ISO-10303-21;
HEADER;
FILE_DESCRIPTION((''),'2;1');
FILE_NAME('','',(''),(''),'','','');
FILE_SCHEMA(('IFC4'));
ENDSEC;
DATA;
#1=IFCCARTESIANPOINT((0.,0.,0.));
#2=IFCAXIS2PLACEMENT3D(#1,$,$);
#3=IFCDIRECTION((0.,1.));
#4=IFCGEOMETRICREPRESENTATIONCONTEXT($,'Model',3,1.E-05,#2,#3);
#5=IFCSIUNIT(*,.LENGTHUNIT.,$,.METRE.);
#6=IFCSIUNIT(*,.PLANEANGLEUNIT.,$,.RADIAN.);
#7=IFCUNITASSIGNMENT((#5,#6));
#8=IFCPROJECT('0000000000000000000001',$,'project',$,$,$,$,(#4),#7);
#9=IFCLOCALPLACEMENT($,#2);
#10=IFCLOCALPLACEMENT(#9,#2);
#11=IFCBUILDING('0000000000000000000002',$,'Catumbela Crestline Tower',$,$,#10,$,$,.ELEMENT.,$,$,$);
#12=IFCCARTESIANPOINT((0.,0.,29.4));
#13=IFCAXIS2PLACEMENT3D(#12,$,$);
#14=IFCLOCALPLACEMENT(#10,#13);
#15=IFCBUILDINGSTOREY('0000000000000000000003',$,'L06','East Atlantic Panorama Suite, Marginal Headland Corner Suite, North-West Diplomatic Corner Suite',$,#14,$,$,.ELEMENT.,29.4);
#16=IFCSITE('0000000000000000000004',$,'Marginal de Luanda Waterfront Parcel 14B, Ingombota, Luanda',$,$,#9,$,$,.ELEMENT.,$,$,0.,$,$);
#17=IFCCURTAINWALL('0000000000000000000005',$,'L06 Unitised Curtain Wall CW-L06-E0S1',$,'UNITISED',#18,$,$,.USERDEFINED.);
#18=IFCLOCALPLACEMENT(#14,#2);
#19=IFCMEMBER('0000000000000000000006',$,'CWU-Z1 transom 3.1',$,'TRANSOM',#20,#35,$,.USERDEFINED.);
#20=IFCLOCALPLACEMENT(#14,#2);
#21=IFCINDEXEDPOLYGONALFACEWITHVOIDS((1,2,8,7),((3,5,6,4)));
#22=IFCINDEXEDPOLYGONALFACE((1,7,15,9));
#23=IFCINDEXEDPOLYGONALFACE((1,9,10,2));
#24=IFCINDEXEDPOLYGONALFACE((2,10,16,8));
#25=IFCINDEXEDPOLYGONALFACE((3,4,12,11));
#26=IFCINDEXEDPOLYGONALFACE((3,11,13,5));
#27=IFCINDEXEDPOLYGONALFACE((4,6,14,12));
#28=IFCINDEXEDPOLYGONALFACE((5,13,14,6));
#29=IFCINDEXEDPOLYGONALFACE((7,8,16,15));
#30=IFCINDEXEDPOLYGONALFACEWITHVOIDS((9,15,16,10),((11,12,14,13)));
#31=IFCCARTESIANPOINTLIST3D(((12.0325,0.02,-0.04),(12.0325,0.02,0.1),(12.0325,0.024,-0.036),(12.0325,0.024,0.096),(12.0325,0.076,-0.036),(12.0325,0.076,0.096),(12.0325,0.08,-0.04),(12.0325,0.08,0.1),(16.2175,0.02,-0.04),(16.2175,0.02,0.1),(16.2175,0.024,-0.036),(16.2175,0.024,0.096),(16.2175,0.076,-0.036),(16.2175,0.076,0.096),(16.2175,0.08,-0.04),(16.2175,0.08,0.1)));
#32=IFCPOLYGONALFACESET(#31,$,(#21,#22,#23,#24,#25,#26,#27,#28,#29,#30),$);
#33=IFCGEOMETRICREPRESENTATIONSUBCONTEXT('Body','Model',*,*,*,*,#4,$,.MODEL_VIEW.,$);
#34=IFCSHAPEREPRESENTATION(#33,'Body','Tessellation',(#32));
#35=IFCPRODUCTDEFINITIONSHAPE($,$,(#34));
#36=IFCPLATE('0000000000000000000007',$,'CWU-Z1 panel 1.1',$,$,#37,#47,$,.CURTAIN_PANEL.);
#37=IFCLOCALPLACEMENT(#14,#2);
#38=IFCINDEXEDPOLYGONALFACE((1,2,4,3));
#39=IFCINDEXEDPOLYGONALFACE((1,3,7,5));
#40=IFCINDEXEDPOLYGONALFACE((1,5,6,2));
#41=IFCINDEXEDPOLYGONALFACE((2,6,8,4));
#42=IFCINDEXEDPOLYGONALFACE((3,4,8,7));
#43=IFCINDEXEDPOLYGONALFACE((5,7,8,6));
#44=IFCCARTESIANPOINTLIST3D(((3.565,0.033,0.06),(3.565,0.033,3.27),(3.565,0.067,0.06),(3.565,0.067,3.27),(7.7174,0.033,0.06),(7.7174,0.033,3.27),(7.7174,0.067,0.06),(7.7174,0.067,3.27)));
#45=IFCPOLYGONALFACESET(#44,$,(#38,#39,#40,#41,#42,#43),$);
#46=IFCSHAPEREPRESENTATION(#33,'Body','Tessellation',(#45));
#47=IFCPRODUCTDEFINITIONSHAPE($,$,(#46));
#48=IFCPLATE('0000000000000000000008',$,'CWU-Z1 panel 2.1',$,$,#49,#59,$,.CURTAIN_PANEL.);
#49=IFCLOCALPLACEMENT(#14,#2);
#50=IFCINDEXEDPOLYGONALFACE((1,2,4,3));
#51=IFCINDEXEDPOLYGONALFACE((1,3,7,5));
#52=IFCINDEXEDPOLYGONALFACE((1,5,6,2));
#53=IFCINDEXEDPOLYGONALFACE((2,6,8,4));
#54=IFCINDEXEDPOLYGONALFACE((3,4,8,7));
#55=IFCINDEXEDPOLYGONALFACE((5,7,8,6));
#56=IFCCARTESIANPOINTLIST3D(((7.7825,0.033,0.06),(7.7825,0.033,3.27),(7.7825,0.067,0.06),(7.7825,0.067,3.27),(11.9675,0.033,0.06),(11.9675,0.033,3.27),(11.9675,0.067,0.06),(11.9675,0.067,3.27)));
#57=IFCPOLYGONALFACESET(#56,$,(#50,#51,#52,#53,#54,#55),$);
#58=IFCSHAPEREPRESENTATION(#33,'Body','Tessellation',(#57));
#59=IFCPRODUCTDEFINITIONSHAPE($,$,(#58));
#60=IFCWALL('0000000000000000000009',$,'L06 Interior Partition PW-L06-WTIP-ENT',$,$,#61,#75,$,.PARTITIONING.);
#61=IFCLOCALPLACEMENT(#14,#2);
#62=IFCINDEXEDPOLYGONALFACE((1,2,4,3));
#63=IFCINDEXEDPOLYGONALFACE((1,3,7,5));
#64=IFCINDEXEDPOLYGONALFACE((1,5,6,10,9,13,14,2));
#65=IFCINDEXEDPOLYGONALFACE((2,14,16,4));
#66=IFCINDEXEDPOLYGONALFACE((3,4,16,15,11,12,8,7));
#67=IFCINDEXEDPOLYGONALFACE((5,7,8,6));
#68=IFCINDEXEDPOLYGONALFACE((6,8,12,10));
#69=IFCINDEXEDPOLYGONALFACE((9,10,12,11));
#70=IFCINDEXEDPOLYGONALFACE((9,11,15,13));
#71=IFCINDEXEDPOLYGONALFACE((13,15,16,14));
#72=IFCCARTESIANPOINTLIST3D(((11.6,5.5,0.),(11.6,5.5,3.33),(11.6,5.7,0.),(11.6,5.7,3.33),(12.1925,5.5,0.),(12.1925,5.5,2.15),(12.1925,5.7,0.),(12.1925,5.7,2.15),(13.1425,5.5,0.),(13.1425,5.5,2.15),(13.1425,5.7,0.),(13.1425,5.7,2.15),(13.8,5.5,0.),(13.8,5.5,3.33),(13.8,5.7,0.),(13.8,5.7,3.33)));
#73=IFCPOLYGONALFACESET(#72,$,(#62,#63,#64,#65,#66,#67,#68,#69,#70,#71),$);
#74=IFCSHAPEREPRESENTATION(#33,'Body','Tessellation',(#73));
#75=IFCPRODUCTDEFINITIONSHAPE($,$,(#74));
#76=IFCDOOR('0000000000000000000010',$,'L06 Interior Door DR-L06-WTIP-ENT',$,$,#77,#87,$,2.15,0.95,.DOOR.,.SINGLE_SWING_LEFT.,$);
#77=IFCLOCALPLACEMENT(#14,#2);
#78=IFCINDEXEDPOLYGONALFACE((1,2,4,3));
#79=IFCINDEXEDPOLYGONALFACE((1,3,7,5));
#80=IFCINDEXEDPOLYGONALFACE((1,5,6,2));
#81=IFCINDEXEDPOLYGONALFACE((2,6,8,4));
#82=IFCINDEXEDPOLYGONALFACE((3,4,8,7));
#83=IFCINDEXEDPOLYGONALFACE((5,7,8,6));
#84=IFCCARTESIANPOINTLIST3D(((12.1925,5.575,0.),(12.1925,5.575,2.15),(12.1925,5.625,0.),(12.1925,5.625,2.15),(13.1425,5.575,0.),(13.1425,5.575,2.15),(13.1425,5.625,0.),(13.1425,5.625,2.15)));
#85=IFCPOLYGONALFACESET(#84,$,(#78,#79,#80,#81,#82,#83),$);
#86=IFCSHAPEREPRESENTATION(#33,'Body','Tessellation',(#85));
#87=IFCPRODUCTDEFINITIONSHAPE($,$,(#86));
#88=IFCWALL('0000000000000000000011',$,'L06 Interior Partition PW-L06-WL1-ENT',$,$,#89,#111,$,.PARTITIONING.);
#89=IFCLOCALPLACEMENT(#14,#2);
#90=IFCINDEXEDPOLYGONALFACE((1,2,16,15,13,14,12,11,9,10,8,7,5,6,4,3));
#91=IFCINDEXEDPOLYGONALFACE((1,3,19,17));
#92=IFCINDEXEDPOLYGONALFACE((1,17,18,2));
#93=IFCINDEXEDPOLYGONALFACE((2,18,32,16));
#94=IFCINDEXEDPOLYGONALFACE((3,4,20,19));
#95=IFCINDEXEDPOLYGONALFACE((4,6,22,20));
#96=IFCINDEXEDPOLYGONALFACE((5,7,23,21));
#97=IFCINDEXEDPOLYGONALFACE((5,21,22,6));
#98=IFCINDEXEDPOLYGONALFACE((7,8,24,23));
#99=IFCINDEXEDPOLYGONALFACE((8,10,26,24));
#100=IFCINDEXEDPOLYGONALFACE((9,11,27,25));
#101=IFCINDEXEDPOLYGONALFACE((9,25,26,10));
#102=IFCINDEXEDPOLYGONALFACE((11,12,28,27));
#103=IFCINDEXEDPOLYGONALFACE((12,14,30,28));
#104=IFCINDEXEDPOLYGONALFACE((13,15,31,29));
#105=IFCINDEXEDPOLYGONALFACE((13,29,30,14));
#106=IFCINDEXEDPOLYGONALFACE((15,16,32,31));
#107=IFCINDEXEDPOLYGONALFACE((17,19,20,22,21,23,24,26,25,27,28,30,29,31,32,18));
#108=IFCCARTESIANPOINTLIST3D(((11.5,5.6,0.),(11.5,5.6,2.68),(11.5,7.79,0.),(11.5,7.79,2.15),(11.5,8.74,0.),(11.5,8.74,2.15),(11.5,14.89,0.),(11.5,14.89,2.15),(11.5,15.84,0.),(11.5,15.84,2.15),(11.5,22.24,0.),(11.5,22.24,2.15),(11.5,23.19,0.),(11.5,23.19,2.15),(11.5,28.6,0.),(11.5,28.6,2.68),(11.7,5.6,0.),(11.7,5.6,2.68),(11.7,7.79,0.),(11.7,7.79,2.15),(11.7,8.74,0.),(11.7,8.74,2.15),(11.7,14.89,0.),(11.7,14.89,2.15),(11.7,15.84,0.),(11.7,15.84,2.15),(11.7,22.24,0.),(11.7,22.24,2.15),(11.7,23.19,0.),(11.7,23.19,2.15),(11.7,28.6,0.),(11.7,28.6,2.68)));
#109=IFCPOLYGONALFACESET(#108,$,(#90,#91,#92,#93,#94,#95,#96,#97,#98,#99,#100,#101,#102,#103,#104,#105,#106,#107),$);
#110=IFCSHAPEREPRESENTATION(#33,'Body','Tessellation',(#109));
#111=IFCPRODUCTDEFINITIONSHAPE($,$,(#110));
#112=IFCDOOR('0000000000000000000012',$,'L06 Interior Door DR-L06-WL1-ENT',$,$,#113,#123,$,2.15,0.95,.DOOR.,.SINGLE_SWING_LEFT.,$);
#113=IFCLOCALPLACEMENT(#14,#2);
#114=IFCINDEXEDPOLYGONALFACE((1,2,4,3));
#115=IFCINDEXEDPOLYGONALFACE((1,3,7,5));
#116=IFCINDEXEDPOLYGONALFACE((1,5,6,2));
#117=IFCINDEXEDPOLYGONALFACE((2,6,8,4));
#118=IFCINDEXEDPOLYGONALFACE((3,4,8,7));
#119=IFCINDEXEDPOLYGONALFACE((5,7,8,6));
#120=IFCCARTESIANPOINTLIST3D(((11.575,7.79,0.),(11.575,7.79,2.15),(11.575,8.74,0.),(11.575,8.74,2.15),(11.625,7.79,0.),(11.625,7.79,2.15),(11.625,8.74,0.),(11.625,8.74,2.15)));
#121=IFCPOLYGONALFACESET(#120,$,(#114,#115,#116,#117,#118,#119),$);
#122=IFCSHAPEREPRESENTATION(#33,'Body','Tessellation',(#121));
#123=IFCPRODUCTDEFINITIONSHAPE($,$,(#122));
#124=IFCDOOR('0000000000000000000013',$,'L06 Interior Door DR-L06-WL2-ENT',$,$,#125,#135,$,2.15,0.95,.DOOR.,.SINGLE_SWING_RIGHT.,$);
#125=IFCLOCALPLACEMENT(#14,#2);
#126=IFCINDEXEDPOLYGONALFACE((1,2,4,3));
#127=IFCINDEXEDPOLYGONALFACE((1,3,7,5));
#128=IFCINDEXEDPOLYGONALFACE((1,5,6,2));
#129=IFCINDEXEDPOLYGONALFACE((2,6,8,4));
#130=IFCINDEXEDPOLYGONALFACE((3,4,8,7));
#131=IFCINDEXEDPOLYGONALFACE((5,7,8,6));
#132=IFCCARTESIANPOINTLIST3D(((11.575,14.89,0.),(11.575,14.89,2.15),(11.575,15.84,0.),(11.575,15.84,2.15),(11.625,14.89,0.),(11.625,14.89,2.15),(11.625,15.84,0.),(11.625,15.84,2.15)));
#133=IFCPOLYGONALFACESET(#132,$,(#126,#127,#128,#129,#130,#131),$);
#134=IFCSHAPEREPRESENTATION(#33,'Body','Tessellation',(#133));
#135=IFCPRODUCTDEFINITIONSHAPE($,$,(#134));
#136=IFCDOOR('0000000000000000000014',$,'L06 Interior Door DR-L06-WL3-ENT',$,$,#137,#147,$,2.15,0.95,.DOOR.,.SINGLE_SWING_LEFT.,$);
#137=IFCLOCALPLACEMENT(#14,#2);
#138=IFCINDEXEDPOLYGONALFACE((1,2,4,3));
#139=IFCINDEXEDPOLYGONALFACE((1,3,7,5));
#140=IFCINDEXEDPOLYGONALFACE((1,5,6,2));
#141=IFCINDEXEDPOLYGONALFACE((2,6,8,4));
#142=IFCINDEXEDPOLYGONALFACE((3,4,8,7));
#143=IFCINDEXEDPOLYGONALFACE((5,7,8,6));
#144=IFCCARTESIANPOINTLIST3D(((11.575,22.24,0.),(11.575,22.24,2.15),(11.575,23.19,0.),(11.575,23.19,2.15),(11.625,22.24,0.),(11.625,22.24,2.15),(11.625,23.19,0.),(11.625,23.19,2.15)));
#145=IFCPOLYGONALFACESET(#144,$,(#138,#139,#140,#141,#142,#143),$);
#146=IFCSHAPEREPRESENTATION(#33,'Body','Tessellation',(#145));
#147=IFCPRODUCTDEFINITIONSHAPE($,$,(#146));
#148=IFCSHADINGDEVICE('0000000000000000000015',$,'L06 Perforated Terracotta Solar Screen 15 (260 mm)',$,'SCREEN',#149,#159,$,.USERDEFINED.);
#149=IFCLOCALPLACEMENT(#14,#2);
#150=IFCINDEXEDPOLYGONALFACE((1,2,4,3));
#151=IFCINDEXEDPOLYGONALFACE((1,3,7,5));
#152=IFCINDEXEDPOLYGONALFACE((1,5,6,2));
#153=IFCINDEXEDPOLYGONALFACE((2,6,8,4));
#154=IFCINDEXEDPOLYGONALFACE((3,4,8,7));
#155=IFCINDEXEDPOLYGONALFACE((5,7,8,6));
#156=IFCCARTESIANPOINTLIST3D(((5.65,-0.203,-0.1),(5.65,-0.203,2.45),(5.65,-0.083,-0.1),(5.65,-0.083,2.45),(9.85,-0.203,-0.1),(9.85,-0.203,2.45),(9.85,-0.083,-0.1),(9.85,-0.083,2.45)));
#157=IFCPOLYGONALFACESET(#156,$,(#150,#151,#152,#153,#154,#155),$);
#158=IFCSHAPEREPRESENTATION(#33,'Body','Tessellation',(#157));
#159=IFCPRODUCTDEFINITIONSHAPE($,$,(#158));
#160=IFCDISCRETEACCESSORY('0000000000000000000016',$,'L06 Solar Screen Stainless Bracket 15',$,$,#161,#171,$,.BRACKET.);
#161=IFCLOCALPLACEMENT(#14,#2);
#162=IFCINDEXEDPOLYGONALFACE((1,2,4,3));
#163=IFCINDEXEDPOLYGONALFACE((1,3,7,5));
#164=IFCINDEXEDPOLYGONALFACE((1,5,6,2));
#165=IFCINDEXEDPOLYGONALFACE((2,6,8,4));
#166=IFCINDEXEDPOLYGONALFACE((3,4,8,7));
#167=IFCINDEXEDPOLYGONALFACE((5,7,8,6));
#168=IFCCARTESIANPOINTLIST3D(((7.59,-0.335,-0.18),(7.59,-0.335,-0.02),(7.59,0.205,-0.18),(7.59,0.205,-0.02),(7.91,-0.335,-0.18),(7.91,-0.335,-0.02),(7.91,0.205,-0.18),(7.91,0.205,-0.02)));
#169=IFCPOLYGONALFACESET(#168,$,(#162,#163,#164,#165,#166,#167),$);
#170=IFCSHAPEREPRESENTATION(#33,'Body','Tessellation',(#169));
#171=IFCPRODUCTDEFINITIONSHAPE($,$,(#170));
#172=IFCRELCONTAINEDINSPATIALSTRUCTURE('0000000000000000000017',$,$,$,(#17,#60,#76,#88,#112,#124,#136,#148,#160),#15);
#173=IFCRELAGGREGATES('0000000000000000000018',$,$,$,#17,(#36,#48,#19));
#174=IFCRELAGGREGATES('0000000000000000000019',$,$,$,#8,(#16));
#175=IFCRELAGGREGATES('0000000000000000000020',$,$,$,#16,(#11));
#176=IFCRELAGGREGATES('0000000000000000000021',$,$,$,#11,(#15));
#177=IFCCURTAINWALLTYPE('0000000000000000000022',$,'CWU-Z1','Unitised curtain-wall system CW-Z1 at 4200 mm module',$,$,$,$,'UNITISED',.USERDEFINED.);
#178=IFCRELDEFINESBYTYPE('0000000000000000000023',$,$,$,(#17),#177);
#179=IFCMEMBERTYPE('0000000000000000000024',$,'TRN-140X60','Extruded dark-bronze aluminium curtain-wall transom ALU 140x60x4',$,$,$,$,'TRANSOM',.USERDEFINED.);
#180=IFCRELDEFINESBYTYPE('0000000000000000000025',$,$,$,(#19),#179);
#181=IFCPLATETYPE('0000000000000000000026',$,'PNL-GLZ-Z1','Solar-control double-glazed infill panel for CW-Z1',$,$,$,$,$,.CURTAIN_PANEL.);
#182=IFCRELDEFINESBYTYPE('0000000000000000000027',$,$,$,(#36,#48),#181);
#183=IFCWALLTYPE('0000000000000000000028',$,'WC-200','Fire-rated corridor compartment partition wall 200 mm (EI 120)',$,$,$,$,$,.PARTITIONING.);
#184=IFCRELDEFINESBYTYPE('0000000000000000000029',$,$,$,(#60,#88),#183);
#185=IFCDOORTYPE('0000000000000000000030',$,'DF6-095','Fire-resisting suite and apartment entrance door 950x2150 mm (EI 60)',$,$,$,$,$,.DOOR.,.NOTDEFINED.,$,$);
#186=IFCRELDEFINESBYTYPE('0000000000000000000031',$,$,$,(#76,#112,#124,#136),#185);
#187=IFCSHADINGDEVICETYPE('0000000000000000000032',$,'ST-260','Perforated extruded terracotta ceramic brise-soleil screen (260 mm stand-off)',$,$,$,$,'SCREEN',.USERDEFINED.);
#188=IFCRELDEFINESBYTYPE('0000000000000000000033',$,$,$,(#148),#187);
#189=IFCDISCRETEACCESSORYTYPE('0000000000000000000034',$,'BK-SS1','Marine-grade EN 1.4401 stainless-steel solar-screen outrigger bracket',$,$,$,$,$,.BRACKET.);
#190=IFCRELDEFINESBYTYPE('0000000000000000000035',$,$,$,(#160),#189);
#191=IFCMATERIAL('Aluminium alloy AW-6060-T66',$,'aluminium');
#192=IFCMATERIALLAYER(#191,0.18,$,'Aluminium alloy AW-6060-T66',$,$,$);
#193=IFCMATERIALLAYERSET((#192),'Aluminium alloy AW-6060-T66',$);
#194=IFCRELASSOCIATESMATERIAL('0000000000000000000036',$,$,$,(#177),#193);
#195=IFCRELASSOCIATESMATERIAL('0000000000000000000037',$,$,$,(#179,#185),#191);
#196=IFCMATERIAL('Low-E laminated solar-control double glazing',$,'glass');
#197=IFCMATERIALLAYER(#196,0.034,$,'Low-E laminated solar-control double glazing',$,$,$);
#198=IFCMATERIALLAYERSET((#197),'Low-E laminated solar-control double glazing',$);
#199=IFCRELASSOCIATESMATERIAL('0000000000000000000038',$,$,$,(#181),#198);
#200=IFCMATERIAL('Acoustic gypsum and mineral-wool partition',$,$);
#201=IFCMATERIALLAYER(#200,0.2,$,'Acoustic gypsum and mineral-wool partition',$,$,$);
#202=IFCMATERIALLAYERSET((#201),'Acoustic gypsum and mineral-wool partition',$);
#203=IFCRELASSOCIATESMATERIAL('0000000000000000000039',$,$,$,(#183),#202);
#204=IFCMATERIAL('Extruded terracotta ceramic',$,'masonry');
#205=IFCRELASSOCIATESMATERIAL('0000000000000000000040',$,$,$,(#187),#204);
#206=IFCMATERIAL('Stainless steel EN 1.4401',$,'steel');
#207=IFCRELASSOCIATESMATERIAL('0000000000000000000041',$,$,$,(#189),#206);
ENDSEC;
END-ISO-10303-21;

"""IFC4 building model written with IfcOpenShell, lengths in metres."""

from ifc_helpers import new_model, si_unit, direction, frame, frame_2d, origin, origin_2d, place, context, subcontext, project, spatial, rectangle, hollow_rectangle, extrude, material, layer, layer_set, material_profile, profile_set, type_object, element, fill, aggregate, save


model = new_model("IFC4")

# Units and contexts
model_context = context("Model", 3, precision=1e-05, world=origin(), true_north=direction((0.0, 1.0)))
body_context = subcontext(model_context, "Body", "Model", "MODEL_VIEW")
ifc_project = project(units=[si_unit("LENGTHUNIT", "METRE"), si_unit("PLANEANGLEUNIT", "RADIAN")], contexts=[model_context])

# Site, building, storey
site_placement = place(None, origin())
site = spatial("IfcSite", under=ifc_project, at=site_placement, Name="Marginal de Luanda Waterfront Parcel 14B, Ingombota, Luanda", CompositionType="ELEMENT", RefElevation=0.0)
building_placement = place(site_placement, origin())
building = spatial("IfcBuilding", under=site, at=building_placement, Name="Catumbela Crestline Tower", CompositionType="ELEMENT")
storey_placement = place(building_placement, frame((0.0, 0.0, 29.4)))
storey = spatial("IfcBuildingStorey", under=building, at=storey_placement, Name="L06", Description="East Atlantic Panorama Suite, Marginal Headland Corner Suite, North-West Diplomatic Corner Suite", CompositionType="ELEMENT", Elevation=29.4)

# Curtain wall, member, plates
ifc_material_1 = material(Name="Aluminium alloy AW-6060-T66", Category="aluminium")
ifc_layer_1 = layer(ifc_material_1, 0.18, Name="Aluminium alloy AW-6060-T66")
ifc_layer_set_1 = layer_set([ifc_layer_1], Name="Aluminium alloy AW-6060-T66")
curtain_wall_type = type_object("IfcCurtainWallType", Name="CWU-Z1", Description="Unitised curtain-wall system CW-Z1 at 4200 mm module", ElementType="UNITISED", PredefinedType="USERDEFINED", material=ifc_layer_set_1)
curtain_wall_placement = place(storey_placement, origin())
curtain_wall = element("IfcCurtainWall", 1, at=curtain_wall_placement, inside=storey, type_object=curtain_wall_type, Name="L06 Unitised Curtain Wall CW-L06-E0S1", ObjectType="UNITISED", PredefinedType="USERDEFINED")
ifc_material_profile_1 = material_profile(ifc_material_1, hollow_rectangle(XDim=0.06, YDim=0.14, WallThickness=0.004, at=origin_2d()), Name="ALU 140x60x4")
ifc_profile_set_1 = profile_set([ifc_material_profile_1], Name="Aluminium alloy AW-6060-T66")
member_type_1 = type_object("IfcMemberType", Name="TRN-140X60", Description="Extruded dark-bronze aluminium curtain-wall transom ALU 140x60x4", ElementType="TRANSOM", PredefinedType="USERDEFINED", material=ifc_profile_set_1)
member_1_placement = place(storey_placement, frame((12.0325, 0.05, 0.03), z_axis=(1.0, 0.0, 0.0), x_axis=(0.0, 1.0, 0.0)))
member_1 = element("IfcMember", 2, at=member_1_placement, type_object=member_type_1, Name="CWU-Z1 transom 3.1", ObjectType="TRANSOM", PredefinedType="USERDEFINED", context=body_context, shape_type="SweptSolid", body=[
    extrude(hollow_rectangle(XDim=0.06, YDim=0.14, WallThickness=0.004, at=origin_2d()), origin(), (0.0, 0.0, 1.0), 4.185),
])
ifc_material_2 = material(Name="Low-E laminated solar-control double glazing", Category="glass")
ifc_layer_2 = layer(ifc_material_2, 0.034, Name="Low-E laminated solar-control double glazing")
ifc_layer_set_2 = layer_set([ifc_layer_2], Name="Low-E laminated solar-control double glazing")
plate_type = type_object("IfcPlateType", Name="PNL-GLZ-Z1", Description="Solar-control double-glazed infill panel for CW-Z1", PredefinedType="CURTAIN_PANEL", material=ifc_layer_set_2)
plate_1_placement = place(storey_placement, frame((5.6412, 0.05, 0.06), z_axis=(0.0, 0.0, 1.0), x_axis=(1.0, 0.0, 0.0)))
plate_1 = element("IfcPlate", 3, at=plate_1_placement, type_object=plate_type, Name="CWU-Z1 panel 1.1", PredefinedType="CURTAIN_PANEL", context=body_context, shape_type="SweptSolid", body=[
    extrude(rectangle(XDim=4.1525, YDim=0.034, at=origin_2d()), origin(), (0.0, 0.0, 1.0), 3.21),
])
plate_2_placement = place(storey_placement, frame((9.875, 0.05, 0.06), z_axis=(0.0, 0.0, 1.0), x_axis=(1.0, 0.0, 0.0)))
plate_2 = element("IfcPlate", 4, at=plate_2_placement, type_object=plate_type, Name="CWU-Z1 panel 2.1", PredefinedType="CURTAIN_PANEL", context=body_context, shape_type="SweptSolid", body=[
    extrude(rectangle(XDim=4.185, YDim=0.034, at=origin_2d()), origin(), (0.0, 0.0, 1.0), 3.21),
])
aggregate(curtain_wall, [plate_1, plate_2, member_1])

# Wall, opening, door
ifc_material_3 = material(Name="Acoustic gypsum and mineral-wool partition")
ifc_layer_3 = layer(ifc_material_3, 0.2, Name="Acoustic gypsum and mineral-wool partition")
ifc_layer_set_3 = layer_set([ifc_layer_3], Name="Acoustic gypsum and mineral-wool partition")
wall_type = type_object("IfcWallType", Name="WC-200", Description="Fire-rated corridor compartment partition wall 200 mm (EI 120)", PredefinedType="PARTITIONING", material=ifc_layer_set_3)
wall_1_placement = place(storey_placement, frame((11.6, 5.6, 0.0), z_axis=(0.0, 0.0, 1.0), x_axis=(1.0, 0.0, 0.0)))
wall_1 = element("IfcWall", 5, at=wall_1_placement, inside=storey, type_object=wall_type, Name="L06 Interior Partition PW-L06-WTIP-ENT", PredefinedType="PARTITIONING", context=body_context, shape_type="SweptSolid", body=[
    extrude(rectangle(XDim=2.2, YDim=0.2, at=frame_2d((1.1, 0.0))), origin(), (0.0, 0.0, 1.0), 3.33),
])
opening_1_placement = place(wall_1_placement, frame((0.5925, 0.0, 0.0)))
opening_1 = element("IfcOpeningElement", 6, at=opening_1_placement, cuts=wall_1, PredefinedType="OPENING", context=body_context, shape_type="SweptSolid", body=[
    extrude(rectangle(XDim=0.95, YDim=2.15, at=frame_2d((0.475, 1.075))), frame((0.0, 0.11, 0.0), z_axis=(0.0, -1.0, 0.0), x_axis=(1.0, 0.0, 0.0)), (0.0, 0.0, 1.0), 0.22),
])
door_type = type_object("IfcDoorType", Name="DF6-095", Description="Fire-resisting suite and apartment entrance door 950x2150 mm (EI 60)", OperationType="NOTDEFINED", PredefinedType="DOOR", material=ifc_material_1)
door_1_placement = place(opening_1_placement, origin())
door_1 = element("IfcDoor", 7, at=door_1_placement, inside=storey, type_object=door_type, Name="L06 Interior Door DR-L06-WTIP-ENT", OperationType="SINGLE_SWING_LEFT", OverallHeight=2.15, OverallWidth=0.95, PredefinedType="DOOR", context=body_context, shape_type="SweptSolid", body=[
    extrude(rectangle(XDim=0.95, YDim=2.15, at=frame_2d((0.475, 1.075))), frame((0.0, 0.025, 0.0), z_axis=(0.0, -1.0, 0.0), x_axis=(1.0, 0.0, 0.0)), (0.0, 0.0, 1.0), 0.05),
])
fill(opening_1, door_1)

# Wall, openings, doors
wall_2_placement = place(storey_placement, frame((11.6, 5.6, 0.0), z_axis=(0.0, 0.0, 1.0), x_axis=(0.0, 1.0, 0.0)))
wall_2 = element("IfcWall", 8, at=wall_2_placement, inside=storey, type_object=wall_type, Name="L06 Interior Partition PW-L06-WL1-ENT", PredefinedType="PARTITIONING", context=body_context, shape_type="SweptSolid", body=[
    extrude(rectangle(XDim=23.0, YDim=0.2, at=frame_2d((11.5, 0.0))), origin(), (0.0, 0.0, 1.0), 2.68),
])
opening_2_placement = place(wall_2_placement, frame((2.19, 0.0, 0.0)))
opening_2 = element("IfcOpeningElement", 9, at=opening_2_placement, cuts=wall_2, PredefinedType="OPENING", context=body_context, shape_type="SweptSolid", body=[
    extrude(rectangle(XDim=0.95, YDim=2.15, at=frame_2d((0.475, 1.075))), frame((0.0, 0.11, 0.0), z_axis=(0.0, -1.0, 0.0), x_axis=(1.0, 0.0, 0.0)), (0.0, 0.0, 1.0), 0.22),
])
opening_3_placement = place(wall_2_placement, frame((9.29, 0.0, 0.0)))
opening_3 = element("IfcOpeningElement", 10, at=opening_3_placement, cuts=wall_2, PredefinedType="OPENING", context=body_context, shape_type="SweptSolid", body=[
    extrude(rectangle(XDim=0.95, YDim=2.15, at=frame_2d((0.475, 1.075))), frame((0.0, 0.11, 0.0), z_axis=(0.0, -1.0, 0.0), x_axis=(1.0, 0.0, 0.0)), (0.0, 0.0, 1.0), 0.22),
])
opening_4_placement = place(wall_2_placement, frame((16.64, 0.0, 0.0)))
opening_4 = element("IfcOpeningElement", 11, at=opening_4_placement, cuts=wall_2, PredefinedType="OPENING", context=body_context, shape_type="SweptSolid", body=[
    extrude(rectangle(XDim=0.95, YDim=2.15, at=frame_2d((0.475, 1.075))), frame((0.0, 0.11, 0.0), z_axis=(0.0, -1.0, 0.0), x_axis=(1.0, 0.0, 0.0)), (0.0, 0.0, 1.0), 0.22),
])
door_2_placement = place(opening_2_placement, origin())
door_2 = element("IfcDoor", 12, at=door_2_placement, inside=storey, type_object=door_type, Name="L06 Interior Door DR-L06-WL1-ENT", OperationType="SINGLE_SWING_LEFT", OverallHeight=2.15, OverallWidth=0.95, PredefinedType="DOOR", context=body_context, shape_type="SweptSolid", body=[
    extrude(rectangle(XDim=0.95, YDim=2.15, at=frame_2d((0.475, 1.075))), frame((0.0, 0.025, 0.0), z_axis=(0.0, -1.0, 0.0), x_axis=(1.0, 0.0, 0.0)), (0.0, 0.0, 1.0), 0.05),
])
fill(opening_2, door_2)
door_3_placement = place(opening_3_placement, origin())
door_3 = element("IfcDoor", 13, at=door_3_placement, inside=storey, type_object=door_type, Name="L06 Interior Door DR-L06-WL2-ENT", OperationType="SINGLE_SWING_RIGHT", OverallHeight=2.15, OverallWidth=0.95, PredefinedType="DOOR", context=body_context, shape_type="SweptSolid", body=[
    extrude(rectangle(XDim=0.95, YDim=2.15, at=frame_2d((0.475, 1.075))), frame((0.0, 0.025, 0.0), z_axis=(0.0, -1.0, 0.0), x_axis=(1.0, 0.0, 0.0)), (0.0, 0.0, 1.0), 0.05),
])
fill(opening_3, door_3)
door_4_placement = place(opening_4_placement, origin())
door_4 = element("IfcDoor", 14, at=door_4_placement, inside=storey, type_object=door_type, Name="L06 Interior Door DR-L06-WL3-ENT", OperationType="SINGLE_SWING_LEFT", OverallHeight=2.15, OverallWidth=0.95, PredefinedType="DOOR", context=body_context, shape_type="SweptSolid", body=[
    extrude(rectangle(XDim=0.95, YDim=2.15, at=frame_2d((0.475, 1.075))), frame((0.0, 0.025, 0.0), z_axis=(0.0, -1.0, 0.0), x_axis=(1.0, 0.0, 0.0)), (0.0, 0.0, 1.0), 0.05),
])
fill(opening_4, door_4)

# Shading device
ifc_material_4 = material(Name="Extruded terracotta ceramic", Category="masonry")
shading_device_type = type_object("IfcShadingDeviceType", Name="ST-260", Description="Perforated extruded terracotta ceramic brise-soleil screen (260 mm stand-off)", ElementType="SCREEN", PredefinedType="USERDEFINED", material=ifc_material_4)
shading_device_placement = place(storey_placement, frame((7.75, -0.143, -0.1), z_axis=(0.0, 0.0, 1.0), x_axis=(1.0, 0.0, 0.0)))
element("IfcShadingDevice", 15, at=shading_device_placement, inside=storey, type_object=shading_device_type, Name="L06 Perforated Terracotta Solar Screen 15 (260 mm)", ObjectType="SCREEN", PredefinedType="USERDEFINED", context=body_context, shape_type="SweptSolid", body=[
    extrude(rectangle(XDim=4.2, YDim=0.12, at=origin_2d()), origin(), (0.0, 0.0, 1.0), 2.55),
])

# Discrete accessory
ifc_material_5 = material(Name="Stainless steel EN 1.4401", Category="steel")
discrete_accessory_type = type_object("IfcDiscreteAccessoryType", Name="BK-SS1", Description="Marine-grade EN 1.4401 stainless-steel solar-screen outrigger bracket", PredefinedType="BRACKET", material=ifc_material_5)
discrete_accessory_placement = place(storey_placement, frame((7.75, -0.065, -0.18), z_axis=(0.0, 0.0, 1.0), x_axis=(1.0, 0.0, 0.0)))
element("IfcDiscreteAccessory", 16, at=discrete_accessory_placement, inside=storey, type_object=discrete_accessory_type, Name="L06 Solar Screen Stainless Bracket 15", PredefinedType="BRACKET", context=body_context, shape_type="SweptSolid", body=[
    extrude(rectangle(XDim=0.32, YDim=0.54, at=origin_2d()), origin(), (0.0, 0.0, 1.0), 0.16),
])

save(model, "model.ifc")
